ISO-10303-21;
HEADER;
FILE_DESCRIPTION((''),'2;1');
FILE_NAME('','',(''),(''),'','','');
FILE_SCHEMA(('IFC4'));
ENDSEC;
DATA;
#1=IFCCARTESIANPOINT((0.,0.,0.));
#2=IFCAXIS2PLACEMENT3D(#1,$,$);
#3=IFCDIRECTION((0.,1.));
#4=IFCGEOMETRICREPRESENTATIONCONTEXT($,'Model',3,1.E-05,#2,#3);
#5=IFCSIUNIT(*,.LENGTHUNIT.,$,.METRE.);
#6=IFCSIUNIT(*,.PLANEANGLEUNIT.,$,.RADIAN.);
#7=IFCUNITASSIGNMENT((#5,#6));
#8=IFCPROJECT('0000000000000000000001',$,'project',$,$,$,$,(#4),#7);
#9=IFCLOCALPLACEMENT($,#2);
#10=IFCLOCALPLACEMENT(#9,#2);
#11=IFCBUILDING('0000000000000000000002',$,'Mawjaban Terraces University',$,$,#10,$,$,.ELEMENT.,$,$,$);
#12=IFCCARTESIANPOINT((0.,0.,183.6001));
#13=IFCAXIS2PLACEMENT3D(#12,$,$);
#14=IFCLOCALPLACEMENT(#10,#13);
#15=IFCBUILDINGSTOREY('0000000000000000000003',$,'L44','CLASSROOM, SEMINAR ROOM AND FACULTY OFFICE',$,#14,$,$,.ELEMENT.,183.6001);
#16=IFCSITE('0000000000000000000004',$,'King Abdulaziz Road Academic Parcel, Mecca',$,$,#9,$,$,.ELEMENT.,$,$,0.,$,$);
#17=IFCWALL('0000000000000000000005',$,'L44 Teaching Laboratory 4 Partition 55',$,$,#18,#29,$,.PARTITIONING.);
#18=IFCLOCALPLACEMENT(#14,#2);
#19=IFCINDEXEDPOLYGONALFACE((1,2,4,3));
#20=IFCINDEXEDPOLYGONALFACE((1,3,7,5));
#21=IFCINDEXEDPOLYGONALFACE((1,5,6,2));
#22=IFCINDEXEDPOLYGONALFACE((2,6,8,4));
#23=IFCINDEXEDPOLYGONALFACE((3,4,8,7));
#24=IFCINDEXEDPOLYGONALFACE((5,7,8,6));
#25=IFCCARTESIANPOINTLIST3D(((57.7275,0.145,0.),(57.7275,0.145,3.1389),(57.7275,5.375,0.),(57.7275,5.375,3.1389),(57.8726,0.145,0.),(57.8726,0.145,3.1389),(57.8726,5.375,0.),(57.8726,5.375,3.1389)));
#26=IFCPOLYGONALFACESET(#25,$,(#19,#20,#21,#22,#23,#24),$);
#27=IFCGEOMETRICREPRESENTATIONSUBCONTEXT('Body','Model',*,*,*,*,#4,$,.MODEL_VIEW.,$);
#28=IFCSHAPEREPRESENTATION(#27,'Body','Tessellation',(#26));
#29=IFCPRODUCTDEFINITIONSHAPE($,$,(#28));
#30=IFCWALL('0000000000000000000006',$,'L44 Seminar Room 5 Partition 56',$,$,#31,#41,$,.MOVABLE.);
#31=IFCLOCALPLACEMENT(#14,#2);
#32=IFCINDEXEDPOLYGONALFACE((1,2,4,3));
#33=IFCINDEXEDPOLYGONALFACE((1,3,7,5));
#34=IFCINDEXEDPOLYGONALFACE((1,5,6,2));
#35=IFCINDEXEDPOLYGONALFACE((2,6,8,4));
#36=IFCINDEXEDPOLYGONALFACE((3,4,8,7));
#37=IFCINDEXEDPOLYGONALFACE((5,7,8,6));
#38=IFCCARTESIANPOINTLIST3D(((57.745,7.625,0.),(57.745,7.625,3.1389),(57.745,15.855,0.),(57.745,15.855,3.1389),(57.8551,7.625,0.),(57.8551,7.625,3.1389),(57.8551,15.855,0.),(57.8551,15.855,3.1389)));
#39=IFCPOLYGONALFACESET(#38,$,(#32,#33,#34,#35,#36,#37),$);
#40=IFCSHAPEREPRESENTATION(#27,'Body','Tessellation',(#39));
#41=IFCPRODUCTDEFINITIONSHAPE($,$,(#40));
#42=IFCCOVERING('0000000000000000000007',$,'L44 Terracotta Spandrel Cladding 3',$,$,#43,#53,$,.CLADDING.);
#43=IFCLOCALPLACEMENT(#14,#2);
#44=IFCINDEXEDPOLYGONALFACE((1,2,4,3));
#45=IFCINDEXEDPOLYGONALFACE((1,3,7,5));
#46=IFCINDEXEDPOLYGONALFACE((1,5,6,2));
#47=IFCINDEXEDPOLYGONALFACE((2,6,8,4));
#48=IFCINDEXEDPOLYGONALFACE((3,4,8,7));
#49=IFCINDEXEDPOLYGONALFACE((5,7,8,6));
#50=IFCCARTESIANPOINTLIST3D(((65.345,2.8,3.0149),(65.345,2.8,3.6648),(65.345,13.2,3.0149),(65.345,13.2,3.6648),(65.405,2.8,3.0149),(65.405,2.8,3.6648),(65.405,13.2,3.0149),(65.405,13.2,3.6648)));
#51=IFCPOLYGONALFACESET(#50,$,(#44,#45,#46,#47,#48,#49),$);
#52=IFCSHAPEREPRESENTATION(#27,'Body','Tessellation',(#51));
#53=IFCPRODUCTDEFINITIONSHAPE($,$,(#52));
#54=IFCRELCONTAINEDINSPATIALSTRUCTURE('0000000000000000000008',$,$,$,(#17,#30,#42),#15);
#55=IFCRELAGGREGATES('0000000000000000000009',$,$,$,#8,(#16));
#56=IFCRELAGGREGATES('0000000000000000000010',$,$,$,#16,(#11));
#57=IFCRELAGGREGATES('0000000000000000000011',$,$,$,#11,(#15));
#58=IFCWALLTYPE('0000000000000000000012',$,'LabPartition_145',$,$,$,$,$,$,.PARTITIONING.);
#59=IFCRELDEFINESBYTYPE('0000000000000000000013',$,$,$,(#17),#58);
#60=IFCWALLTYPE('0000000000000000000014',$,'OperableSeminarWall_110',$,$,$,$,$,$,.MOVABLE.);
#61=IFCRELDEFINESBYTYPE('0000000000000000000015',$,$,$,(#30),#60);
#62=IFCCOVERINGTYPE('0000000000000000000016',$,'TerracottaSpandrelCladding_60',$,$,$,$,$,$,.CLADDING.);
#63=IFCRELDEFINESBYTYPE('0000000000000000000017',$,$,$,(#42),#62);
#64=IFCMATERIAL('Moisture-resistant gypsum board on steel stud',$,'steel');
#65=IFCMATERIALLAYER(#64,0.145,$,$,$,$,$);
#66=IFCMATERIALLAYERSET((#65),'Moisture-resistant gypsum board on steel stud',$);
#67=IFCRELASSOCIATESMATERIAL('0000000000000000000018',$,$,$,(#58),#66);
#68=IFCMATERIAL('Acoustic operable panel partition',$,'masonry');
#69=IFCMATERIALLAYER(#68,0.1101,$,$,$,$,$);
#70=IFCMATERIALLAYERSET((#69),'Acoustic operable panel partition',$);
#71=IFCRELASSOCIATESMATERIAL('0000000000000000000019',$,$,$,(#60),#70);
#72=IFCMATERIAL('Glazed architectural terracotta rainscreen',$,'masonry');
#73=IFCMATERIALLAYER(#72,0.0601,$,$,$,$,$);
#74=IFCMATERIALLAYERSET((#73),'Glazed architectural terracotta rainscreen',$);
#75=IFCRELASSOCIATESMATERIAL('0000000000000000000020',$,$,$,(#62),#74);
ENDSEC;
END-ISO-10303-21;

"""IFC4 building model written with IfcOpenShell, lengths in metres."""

from ifc_helpers import new_model, si_unit, direction, frame, frame_2d, origin, origin_2d, place, context, subcontext, project, spatial, rectangle, extrude, material, layer, layer_set, type_object, element, save


model = new_model("IFC4")

# Units and contexts
model_context = context("Model", 3, precision=1e-05, world=origin(), true_north=direction((0.0, 1.0)))
body_context = subcontext(model_context, "Body", "Model", "MODEL_VIEW")
ifc_project = project(units=[si_unit("LENGTHUNIT", "METRE"), si_unit("PLANEANGLEUNIT", "RADIAN")], contexts=[model_context])

# Site, building, storey
site_placement = place(None, origin())
site = spatial("IfcSite", under=ifc_project, at=site_placement, Name="King Abdulaziz Road Academic Parcel, Mecca", CompositionType="ELEMENT", RefElevation=0.0)
building_placement = place(site_placement, origin())
building = spatial("IfcBuilding", under=site, at=building_placement, Name="Mawjaban Terraces University", CompositionType="ELEMENT")
storey_placement = place(building_placement, frame((0.0, 0.0, 183.6001)))
storey = spatial("IfcBuildingStorey", under=building, at=storey_placement, Name="L44", Description="CLASSROOM, SEMINAR ROOM AND FACULTY OFFICE", CompositionType="ELEMENT", Elevation=183.6001)

# Walls
ifc_material_1 = material(Name="Moisture-resistant gypsum board on steel stud", Category="steel")
ifc_layer_1 = layer(ifc_material_1, 0.145)
ifc_layer_set_1 = layer_set([ifc_layer_1], Name="Moisture-resistant gypsum board on steel stud")
wall_type_1 = type_object("IfcWallType", Name="LabPartition_145", PredefinedType="PARTITIONING", material=ifc_layer_set_1)
wall_1_placement = place(storey_placement, frame((57.8, 0.145, 0.0), z_axis=(0.0, 0.0, 1.0), x_axis=(0.0, 1.0, 0.0)))
element("IfcWall", 1, at=wall_1_placement, inside=storey, type_object=wall_type_1, Name="L44 Teaching Laboratory 4 Partition 55", PredefinedType="PARTITIONING", context=body_context, shape_type="SweptSolid", body=[
    extrude(rectangle(XDim=5.23, YDim=0.145, at=frame_2d((2.615, 0.0))), origin(), (0.0, 0.0, 1.0), 3.1389),
])
ifc_material_2 = material(Name="Acoustic operable panel partition", Category="masonry")
ifc_layer_2 = layer(ifc_material_2, 0.1101)
ifc_layer_set_2 = layer_set([ifc_layer_2], Name="Acoustic operable panel partition")
wall_type_2 = type_object("IfcWallType", Name="OperableSeminarWall_110", PredefinedType="MOVABLE", material=ifc_layer_set_2)
wall_2_placement = place(storey_placement, frame((57.8, 7.625, 0.0), z_axis=(0.0, 0.0, 1.0), x_axis=(0.0, 1.0, 0.0)))
element("IfcWall", 2, at=wall_2_placement, inside=storey, type_object=wall_type_2, Name="L44 Seminar Room 5 Partition 56", PredefinedType="MOVABLE", context=body_context, shape_type="SweptSolid", body=[
    extrude(rectangle(XDim=8.23, YDim=0.1101, at=frame_2d((4.115, 0.0))), origin(), (0.0, 0.0, 1.0), 3.1389),
])

# Covering
ifc_material_3 = material(Name="Glazed architectural terracotta rainscreen", Category="masonry")
ifc_layer_3 = layer(ifc_material_3, 0.0601)
ifc_layer_set_3 = layer_set([ifc_layer_3], Name="Glazed architectural terracotta rainscreen")
covering_type = type_object("IfcCoveringType", Name="TerracottaSpandrelCladding_60", PredefinedType="CLADDING", material=ifc_layer_set_3)
covering_placement = place(storey_placement, frame((65.375, 8.0, 3.0149), z_axis=(0.0, 0.0, 1.0), x_axis=(0.0, 1.0, 0.0)))
element("IfcCovering", 3, at=covering_placement, inside=storey, type_object=covering_type, Name="L44 Terracotta Spandrel Cladding 3", PredefinedType="CLADDING", context=body_context, shape_type="SweptSolid", body=[
    extrude(rectangle(XDim=10.3999, YDim=0.0601, at=origin_2d()), origin(), (0.0, 0.0, 1.0), 0.6499),
])

save(model, "model.ifc")
